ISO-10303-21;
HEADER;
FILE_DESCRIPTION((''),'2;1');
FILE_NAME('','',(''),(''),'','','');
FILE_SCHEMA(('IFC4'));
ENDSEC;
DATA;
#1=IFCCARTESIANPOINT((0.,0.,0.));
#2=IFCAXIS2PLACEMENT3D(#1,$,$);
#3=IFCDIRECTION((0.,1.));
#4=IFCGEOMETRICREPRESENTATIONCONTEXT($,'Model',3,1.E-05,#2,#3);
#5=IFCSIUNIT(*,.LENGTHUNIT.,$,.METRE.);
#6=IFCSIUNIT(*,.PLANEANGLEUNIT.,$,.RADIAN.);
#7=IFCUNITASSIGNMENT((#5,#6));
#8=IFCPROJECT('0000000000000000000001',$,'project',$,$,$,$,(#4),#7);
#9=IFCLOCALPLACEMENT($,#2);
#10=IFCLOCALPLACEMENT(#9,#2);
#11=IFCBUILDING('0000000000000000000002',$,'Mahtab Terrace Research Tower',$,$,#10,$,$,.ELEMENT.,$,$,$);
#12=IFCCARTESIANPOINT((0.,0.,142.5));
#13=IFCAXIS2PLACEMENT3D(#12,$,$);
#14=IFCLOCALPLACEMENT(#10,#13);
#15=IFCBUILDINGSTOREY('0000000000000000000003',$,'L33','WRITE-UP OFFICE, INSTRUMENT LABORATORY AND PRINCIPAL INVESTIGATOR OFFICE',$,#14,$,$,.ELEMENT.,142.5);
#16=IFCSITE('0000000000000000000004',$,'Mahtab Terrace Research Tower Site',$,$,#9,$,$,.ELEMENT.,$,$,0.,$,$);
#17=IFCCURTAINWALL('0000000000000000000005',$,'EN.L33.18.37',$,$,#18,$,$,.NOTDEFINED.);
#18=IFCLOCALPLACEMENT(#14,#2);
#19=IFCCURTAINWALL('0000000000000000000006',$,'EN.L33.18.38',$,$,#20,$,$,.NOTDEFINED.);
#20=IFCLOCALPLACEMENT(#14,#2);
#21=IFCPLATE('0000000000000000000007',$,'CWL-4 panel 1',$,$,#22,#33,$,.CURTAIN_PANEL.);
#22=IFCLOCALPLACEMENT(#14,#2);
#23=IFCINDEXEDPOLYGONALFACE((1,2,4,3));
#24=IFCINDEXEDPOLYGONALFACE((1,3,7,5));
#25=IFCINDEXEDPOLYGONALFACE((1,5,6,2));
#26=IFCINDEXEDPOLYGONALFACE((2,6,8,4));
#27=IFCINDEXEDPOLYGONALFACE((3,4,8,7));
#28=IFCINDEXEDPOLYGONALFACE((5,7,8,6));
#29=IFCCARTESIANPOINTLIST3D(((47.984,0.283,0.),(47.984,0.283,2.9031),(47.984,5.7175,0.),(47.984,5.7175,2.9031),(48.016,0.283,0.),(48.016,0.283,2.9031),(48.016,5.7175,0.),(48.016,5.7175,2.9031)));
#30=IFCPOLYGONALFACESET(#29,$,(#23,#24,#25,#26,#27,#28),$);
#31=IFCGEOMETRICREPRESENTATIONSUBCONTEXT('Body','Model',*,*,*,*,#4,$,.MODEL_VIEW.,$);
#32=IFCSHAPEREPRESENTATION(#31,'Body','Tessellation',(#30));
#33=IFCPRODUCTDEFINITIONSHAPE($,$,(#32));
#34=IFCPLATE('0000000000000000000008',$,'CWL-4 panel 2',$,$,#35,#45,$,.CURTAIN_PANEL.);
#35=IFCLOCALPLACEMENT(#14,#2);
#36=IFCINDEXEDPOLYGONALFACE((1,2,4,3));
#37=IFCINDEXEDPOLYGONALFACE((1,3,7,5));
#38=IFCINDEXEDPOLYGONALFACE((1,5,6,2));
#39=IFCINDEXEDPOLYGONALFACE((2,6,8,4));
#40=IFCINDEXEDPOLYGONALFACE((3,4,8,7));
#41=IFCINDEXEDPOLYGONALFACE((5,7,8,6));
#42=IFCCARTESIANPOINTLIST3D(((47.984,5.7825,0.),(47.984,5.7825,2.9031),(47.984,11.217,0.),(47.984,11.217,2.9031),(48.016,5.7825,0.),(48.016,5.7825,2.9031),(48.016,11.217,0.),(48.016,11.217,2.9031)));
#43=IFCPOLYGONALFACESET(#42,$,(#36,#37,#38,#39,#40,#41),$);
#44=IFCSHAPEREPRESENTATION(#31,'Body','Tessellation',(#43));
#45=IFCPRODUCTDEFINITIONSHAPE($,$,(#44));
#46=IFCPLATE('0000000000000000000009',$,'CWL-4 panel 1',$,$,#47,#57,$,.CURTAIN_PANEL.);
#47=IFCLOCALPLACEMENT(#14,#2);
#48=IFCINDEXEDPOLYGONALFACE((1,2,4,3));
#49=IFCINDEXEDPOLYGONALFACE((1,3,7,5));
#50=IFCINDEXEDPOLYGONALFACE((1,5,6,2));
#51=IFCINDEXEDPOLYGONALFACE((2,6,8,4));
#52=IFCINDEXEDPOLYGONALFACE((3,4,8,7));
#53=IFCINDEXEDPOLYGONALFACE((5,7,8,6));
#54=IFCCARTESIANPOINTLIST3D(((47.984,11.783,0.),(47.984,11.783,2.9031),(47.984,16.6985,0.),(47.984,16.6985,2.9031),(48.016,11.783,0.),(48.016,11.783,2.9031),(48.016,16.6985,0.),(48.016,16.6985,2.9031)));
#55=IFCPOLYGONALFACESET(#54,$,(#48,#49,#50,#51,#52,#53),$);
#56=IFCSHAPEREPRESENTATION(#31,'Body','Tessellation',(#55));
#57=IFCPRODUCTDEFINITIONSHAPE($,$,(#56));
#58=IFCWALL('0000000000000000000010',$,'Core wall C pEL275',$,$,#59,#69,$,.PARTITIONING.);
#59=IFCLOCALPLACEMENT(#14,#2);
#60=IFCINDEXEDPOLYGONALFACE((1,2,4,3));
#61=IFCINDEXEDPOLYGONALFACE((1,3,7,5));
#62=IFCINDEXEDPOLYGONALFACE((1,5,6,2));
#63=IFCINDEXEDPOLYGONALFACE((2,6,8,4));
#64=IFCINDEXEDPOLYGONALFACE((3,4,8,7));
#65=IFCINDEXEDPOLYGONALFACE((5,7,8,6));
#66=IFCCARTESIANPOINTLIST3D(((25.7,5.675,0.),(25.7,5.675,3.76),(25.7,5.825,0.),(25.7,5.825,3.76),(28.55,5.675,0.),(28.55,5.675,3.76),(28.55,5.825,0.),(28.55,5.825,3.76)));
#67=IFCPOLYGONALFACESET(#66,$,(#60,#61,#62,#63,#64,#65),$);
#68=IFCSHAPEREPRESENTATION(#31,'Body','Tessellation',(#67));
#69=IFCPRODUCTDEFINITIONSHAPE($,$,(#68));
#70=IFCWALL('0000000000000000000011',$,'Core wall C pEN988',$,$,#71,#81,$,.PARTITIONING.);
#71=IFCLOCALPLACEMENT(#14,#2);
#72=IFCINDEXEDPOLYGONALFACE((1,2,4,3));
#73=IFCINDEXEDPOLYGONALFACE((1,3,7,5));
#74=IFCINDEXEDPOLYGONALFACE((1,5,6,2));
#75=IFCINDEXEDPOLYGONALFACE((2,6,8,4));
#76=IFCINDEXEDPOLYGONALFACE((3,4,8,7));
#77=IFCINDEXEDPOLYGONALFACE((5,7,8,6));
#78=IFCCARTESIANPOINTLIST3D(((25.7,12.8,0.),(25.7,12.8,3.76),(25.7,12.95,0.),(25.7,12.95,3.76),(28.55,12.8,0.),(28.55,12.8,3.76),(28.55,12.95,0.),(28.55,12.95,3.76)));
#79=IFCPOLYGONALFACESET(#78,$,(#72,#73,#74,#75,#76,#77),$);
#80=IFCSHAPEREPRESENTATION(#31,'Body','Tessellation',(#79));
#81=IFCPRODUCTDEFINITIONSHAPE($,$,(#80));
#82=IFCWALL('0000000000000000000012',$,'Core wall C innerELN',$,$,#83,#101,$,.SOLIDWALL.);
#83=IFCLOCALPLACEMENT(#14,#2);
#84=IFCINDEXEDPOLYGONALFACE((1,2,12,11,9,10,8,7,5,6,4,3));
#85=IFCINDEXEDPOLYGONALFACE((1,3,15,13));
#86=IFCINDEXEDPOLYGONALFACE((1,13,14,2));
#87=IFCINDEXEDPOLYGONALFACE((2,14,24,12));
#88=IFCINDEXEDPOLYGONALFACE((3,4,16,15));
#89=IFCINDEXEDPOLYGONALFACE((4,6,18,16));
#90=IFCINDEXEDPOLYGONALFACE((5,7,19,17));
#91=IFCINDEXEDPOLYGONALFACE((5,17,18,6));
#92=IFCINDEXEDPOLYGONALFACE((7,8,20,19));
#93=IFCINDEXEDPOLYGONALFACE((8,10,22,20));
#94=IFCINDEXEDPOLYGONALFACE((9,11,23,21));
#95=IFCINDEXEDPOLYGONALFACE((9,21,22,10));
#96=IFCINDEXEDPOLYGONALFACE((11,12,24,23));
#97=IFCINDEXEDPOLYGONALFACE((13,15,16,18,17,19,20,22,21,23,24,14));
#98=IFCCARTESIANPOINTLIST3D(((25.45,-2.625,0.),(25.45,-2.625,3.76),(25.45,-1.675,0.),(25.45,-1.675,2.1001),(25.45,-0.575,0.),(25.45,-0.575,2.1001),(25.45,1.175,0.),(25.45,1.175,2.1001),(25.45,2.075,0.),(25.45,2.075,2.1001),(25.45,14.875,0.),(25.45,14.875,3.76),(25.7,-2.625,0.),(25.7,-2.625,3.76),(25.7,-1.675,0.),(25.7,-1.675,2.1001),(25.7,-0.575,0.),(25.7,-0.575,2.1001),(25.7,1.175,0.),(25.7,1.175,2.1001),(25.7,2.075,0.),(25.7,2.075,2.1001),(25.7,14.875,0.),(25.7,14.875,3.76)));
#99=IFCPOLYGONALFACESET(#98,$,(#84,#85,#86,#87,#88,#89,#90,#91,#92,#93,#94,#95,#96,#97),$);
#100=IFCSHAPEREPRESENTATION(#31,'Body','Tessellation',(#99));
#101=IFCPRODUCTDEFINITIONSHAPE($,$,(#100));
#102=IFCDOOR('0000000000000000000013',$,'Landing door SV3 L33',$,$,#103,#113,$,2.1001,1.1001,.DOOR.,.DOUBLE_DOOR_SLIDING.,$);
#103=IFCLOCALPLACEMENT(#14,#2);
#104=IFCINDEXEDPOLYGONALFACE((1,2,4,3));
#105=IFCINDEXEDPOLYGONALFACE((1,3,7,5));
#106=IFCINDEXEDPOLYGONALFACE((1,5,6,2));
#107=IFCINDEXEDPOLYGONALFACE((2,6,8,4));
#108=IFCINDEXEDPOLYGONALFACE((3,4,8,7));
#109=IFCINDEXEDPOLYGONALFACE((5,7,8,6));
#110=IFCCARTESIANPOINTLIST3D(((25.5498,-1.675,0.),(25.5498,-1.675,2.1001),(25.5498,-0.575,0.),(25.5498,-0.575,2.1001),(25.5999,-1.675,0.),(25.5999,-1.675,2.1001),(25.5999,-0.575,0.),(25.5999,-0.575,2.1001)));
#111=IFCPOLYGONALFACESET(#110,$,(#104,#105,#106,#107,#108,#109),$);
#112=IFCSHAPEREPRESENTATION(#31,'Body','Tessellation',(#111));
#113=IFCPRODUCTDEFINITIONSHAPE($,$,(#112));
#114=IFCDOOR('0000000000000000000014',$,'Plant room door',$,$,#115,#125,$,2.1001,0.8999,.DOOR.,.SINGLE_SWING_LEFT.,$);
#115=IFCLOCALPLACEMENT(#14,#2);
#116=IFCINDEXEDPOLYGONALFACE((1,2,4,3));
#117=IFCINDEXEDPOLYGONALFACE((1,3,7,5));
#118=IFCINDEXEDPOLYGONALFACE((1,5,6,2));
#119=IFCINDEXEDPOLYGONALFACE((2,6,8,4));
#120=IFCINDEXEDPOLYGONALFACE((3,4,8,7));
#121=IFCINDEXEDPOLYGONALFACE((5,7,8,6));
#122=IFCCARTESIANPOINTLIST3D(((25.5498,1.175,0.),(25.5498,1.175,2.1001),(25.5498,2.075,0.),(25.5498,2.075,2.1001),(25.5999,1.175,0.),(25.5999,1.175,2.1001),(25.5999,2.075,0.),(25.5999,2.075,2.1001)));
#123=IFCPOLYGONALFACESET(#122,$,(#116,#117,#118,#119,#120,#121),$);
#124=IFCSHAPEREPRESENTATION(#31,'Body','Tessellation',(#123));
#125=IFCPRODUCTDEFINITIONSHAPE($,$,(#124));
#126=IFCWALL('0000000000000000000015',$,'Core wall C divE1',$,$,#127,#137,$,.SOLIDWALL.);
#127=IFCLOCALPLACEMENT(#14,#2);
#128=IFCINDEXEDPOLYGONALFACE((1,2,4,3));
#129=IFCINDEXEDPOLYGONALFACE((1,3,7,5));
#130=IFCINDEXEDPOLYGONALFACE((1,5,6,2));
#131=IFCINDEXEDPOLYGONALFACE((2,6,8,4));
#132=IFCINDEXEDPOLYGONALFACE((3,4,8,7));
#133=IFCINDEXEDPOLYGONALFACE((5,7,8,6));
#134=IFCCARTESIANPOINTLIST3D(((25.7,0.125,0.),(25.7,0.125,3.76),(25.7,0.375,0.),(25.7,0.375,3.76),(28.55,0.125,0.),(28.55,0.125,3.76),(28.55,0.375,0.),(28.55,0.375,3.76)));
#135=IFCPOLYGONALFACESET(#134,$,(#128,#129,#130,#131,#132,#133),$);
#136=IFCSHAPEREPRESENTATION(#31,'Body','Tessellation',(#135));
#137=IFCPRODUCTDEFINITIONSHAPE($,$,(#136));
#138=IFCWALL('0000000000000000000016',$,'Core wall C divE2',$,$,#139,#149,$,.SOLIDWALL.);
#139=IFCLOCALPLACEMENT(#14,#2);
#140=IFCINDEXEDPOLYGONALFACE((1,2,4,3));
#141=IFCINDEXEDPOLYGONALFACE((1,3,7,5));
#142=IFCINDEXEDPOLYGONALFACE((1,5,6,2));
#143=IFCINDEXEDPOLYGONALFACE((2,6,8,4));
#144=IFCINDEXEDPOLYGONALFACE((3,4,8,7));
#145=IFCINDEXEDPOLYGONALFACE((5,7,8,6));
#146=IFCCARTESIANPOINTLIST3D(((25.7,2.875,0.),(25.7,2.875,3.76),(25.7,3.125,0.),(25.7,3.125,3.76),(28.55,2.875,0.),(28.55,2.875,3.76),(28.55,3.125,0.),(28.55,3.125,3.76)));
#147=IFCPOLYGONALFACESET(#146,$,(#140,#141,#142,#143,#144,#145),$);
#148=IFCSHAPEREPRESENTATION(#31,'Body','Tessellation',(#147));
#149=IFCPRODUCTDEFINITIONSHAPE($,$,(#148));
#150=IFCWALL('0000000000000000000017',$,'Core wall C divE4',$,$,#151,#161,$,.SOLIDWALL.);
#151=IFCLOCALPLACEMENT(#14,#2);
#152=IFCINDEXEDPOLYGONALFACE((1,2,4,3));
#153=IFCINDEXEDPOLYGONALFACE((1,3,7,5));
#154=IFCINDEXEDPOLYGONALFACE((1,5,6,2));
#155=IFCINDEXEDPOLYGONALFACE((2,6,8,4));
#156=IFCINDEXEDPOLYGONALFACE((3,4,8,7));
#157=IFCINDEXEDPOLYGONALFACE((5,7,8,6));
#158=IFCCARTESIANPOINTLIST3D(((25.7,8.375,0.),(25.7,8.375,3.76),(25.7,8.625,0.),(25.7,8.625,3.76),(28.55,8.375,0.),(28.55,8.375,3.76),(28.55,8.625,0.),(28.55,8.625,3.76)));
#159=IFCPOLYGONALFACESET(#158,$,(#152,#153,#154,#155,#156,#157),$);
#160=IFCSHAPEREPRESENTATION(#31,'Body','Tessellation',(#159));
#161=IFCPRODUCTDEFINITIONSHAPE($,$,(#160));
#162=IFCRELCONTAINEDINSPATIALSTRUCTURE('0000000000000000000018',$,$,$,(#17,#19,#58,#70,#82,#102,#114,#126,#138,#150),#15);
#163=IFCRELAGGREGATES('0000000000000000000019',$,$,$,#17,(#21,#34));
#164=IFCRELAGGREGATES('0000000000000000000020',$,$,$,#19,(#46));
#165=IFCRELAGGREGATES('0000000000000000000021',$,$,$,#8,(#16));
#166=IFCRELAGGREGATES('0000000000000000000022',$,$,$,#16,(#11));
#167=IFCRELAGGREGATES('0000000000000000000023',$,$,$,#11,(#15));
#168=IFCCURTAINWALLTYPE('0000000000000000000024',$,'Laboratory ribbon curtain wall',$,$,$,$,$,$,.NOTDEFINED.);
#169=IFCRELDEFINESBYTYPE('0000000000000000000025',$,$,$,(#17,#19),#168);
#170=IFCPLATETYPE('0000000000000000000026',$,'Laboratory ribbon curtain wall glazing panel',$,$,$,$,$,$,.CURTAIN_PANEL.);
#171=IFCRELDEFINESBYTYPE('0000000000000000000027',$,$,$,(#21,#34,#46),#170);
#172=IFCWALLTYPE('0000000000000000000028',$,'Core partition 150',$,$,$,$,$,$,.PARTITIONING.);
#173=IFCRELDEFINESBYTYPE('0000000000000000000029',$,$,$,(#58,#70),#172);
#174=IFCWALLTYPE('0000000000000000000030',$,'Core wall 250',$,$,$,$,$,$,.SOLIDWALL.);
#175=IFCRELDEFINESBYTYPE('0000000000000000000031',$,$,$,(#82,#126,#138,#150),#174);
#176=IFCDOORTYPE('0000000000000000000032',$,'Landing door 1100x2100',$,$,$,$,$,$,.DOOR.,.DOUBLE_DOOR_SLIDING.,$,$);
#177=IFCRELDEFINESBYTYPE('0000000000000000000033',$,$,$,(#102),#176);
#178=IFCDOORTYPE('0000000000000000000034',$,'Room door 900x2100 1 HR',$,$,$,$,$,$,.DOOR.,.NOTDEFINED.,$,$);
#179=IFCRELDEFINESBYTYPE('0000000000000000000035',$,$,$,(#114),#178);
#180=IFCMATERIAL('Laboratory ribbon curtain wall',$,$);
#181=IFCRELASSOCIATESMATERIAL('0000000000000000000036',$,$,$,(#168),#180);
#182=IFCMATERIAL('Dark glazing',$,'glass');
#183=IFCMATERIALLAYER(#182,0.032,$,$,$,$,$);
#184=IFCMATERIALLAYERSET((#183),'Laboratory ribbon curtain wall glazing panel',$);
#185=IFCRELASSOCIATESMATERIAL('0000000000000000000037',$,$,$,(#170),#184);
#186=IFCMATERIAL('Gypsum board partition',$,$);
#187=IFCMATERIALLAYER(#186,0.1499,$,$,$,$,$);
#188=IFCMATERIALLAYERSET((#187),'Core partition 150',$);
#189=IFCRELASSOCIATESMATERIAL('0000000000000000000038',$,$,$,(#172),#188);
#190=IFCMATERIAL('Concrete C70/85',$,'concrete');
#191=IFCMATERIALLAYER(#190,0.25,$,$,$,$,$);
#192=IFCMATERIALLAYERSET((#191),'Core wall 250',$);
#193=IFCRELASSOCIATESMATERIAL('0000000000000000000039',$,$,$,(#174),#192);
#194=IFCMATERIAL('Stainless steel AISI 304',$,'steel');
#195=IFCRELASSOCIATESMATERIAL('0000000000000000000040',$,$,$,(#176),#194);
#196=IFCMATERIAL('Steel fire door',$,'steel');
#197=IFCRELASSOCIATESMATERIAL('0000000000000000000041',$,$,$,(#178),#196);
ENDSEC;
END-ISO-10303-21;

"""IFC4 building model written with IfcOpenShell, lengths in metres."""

from ifc_helpers import new_model, si_unit, direction, frame, frame_2d, origin, origin_2d, place, context, subcontext, project, spatial, rectangle, extrude, material, layer, layer_set, type_object, element, fill, aggregate, save


model = new_model("IFC4")

# Units and contexts
model_context = context("Model", 3, precision=1e-05, world=origin(), true_north=direction((0.0, 1.0)))
body_context = subcontext(model_context, "Body", "Model", "MODEL_VIEW")
ifc_project = project(units=[si_unit("LENGTHUNIT", "METRE"), si_unit("PLANEANGLEUNIT", "RADIAN")], contexts=[model_context])

# Site, building, storey
site_placement = place(None, origin())
site = spatial("IfcSite", under=ifc_project, at=site_placement, Name="Mahtab Terrace Research Tower Site", CompositionType="ELEMENT", RefElevation=0.0)
building_placement = place(site_placement, origin())
building = spatial("IfcBuilding", under=site, at=building_placement, Name="Mahtab Terrace Research Tower", CompositionType="ELEMENT")
storey_placement = place(building_placement, frame((0.0, 0.0, 142.5)))
storey = spatial("IfcBuildingStorey", under=building, at=storey_placement, Name="L33", Description="WRITE-UP OFFICE, INSTRUMENT LABORATORY AND PRINCIPAL INVESTIGATOR OFFICE", CompositionType="ELEMENT", Elevation=142.5)

# Shared definitions
ifc_material_1 = material(Name="Concrete C70/85", Category="concrete")

# Curtain walls
ifc_material_2 = material(Name="Laboratory ribbon curtain wall")
curtain_wall_type = type_object("IfcCurtainWallType", Name="Laboratory ribbon curtain wall", PredefinedType="NOTDEFINED", material=ifc_material_2)
curtain_wall_1_placement = place(storey_placement, origin())
curtain_wall_1 = element("IfcCurtainWall", 1, at=curtain_wall_1_placement, inside=storey, type_object=curtain_wall_type, Name="EN.L33.18.37", PredefinedType="NOTDEFINED")
curtain_wall_2_placement = place(storey_placement, origin())
curtain_wall_2 = element("IfcCurtainWall", 2, at=curtain_wall_2_placement, inside=storey, type_object=curtain_wall_type, Name="EN.L33.18.38", PredefinedType="NOTDEFINED")

# Plates
ifc_material_3 = material(Name="Dark glazing", Category="glass")
ifc_layer_1 = layer(ifc_material_3, 0.032)
ifc_layer_set_1 = layer_set([ifc_layer_1], Name="Laboratory ribbon curtain wall glazing panel")
plate_type = type_object("IfcPlateType", Name="Laboratory ribbon curtain wall glazing panel", PredefinedType="CURTAIN_PANEL", material=ifc_layer_set_1)
plate_1_placement = place(storey_placement, frame((48.0, 3.0002, 0.0), z_axis=(0.0, 0.0, 1.0), x_axis=(0.0, 1.0, 0.0)))
plate_1 = element("IfcPlate", 3, at=plate_1_placement, type_object=plate_type, Name="CWL-4 panel 1", PredefinedType="CURTAIN_PANEL", context=body_context, shape_type="SweptSolid", body=[
    extrude(rectangle(XDim=5.4346, YDim=0.032, at=origin_2d()), origin(), (0.0, 0.0, 1.0), 2.9031),
])
plate_2_placement = place(storey_placement, frame((48.0, 8.4998, 0.0), z_axis=(0.0, 0.0, 1.0), x_axis=(0.0, 1.0, 0.0)))
plate_2 = element("IfcPlate", 4, at=plate_2_placement, type_object=plate_type, Name="CWL-4 panel 2", PredefinedType="CURTAIN_PANEL", context=body_context, shape_type="SweptSolid", body=[
    extrude(rectangle(XDim=5.4346, YDim=0.032, at=origin_2d()), origin(), (0.0, 0.0, 1.0), 2.9031),
])
aggregate(curtain_wall_1, [plate_1, plate_2])
plate_3_placement = place(storey_placement, frame((48.0, 14.2407, 0.0), z_axis=(0.0, 0.0, 1.0), x_axis=(0.0, 1.0, 0.0)))
plate_3 = element("IfcPlate", 5, at=plate_3_placement, type_object=plate_type, Name="CWL-4 panel 1", PredefinedType="CURTAIN_PANEL", context=body_context, shape_type="SweptSolid", body=[
    extrude(rectangle(XDim=4.9155, YDim=0.032, at=origin_2d()), origin(), (0.0, 0.0, 1.0), 2.9031),
])
aggregate(curtain_wall_2, [plate_3])

# Walls
ifc_material_4 = material(Name="Gypsum board partition")
ifc_layer_2 = layer(ifc_material_4, 0.1499)
ifc_layer_set_2 = layer_set([ifc_layer_2], Name="Core partition 150")
wall_type_1 = type_object("IfcWallType", Name="Core partition 150", PredefinedType="PARTITIONING", material=ifc_layer_set_2)
for number, where, z_axis, x_axis, name in (
    (6, (25.7, 5.75, 0.0), (0.0, 0.0, 1.0), (1.0, 0.0, 0.0), "Core wall C pEL275"),
    (7, (25.7, 12.875, 0.0), (0.0, 0.0, 1.0), (1.0, 0.0, 0.0), "Core wall C pEN988"),
):
    element("IfcWall", number, at=place(storey_placement, frame(where, z_axis=z_axis, x_axis=x_axis)), inside=storey, type_object=wall_type_1, Name=name, PredefinedType="PARTITIONING", context=body_context, shape_type="SweptSolid", body=[
        extrude(rectangle(XDim=2.8501, YDim=0.1499, at=frame_2d((1.425, 0.0))), origin(), (0.0, 0.0, 1.0), 3.76),
    ])

# Wall, openings, doors
ifc_layer_3 = layer(ifc_material_1, 0.25)
ifc_layer_set_3 = layer_set([ifc_layer_3], Name="Core wall 250")
wall_type_2 = type_object("IfcWallType", Name="Core wall 250", PredefinedType="SOLIDWALL", material=ifc_layer_set_3)
wall_1_placement = place(storey_placement, frame((25.575, 14.875, 0.0), z_axis=(0.0, 0.0, 1.0), x_axis=(0.0, -1.0, 0.0)))
wall_1 = element("IfcWall", 8, at=wall_1_placement, inside=storey, type_object=wall_type_2, Name="Core wall C innerELN", PredefinedType="SOLIDWALL", context=body_context, shape_type="SweptSolid", body=[
    extrude(rectangle(XDim=17.5, YDim=0.25, at=frame_2d((8.75, 0.0))), origin(), (0.0, 0.0, 1.0), 3.76),
])
opening_1_placement = place(wall_1_placement, frame((15.45, 0.0, 0.0)))
opening_1 = element("IfcOpeningElement", 9, at=opening_1_placement, cuts=wall_1, PredefinedType="OPENING", context=body_context, shape_type="SweptSolid", body=[
    extrude(rectangle(XDim=1.1001, YDim=2.1001, at=frame_2d((0.55, 1.05))), frame((0.0, 0.135, 0.0), z_axis=(0.0, -1.0, 0.0), x_axis=(1.0, 0.0, 0.0)), (0.0, 0.0, 1.0), 0.27),
])
opening_2_placement = place(wall_1_placement, frame((12.8, 0.0, 0.0)))
opening_2 = element("IfcOpeningElement", 10, at=opening_2_placement, cuts=wall_1, PredefinedType="OPENING", context=body_context, shape_type="SweptSolid", body=[
    extrude(rectangle(XDim=0.8999, YDim=2.1001, at=frame_2d((0.45, 1.05))), frame((0.0, 0.135, 0.0), z_axis=(0.0, -1.0, 0.0), x_axis=(1.0, 0.0, 0.0)), (0.0, 0.0, 1.0), 0.27),
])
ifc_material_5 = material(Name="Stainless steel AISI 304", Category="steel")
door_type_1 = type_object("IfcDoorType", Name="Landing door 1100x2100", OperationType="DOUBLE_DOOR_SLIDING", PredefinedType="DOOR", material=ifc_material_5)
door_1_placement = place(opening_1_placement, origin())
door_1 = element("IfcDoor", 11, at=door_1_placement, inside=storey, type_object=door_type_1, Name="Landing door SV3 L33", OperationType="DOUBLE_DOOR_SLIDING", OverallHeight=2.1001, OverallWidth=1.1001, PredefinedType="DOOR", context=body_context, shape_type="SweptSolid", body=[
    extrude(rectangle(XDim=1.1001, YDim=2.1001, at=frame_2d((0.55, 1.05))), frame((0.0, 0.0249, 0.0), z_axis=(0.0, -1.0, 0.0), x_axis=(1.0, 0.0, 0.0)), (0.0, 0.0, 1.0), 0.05),
])
fill(opening_1, door_1)
ifc_material_6 = material(Name="Steel fire door", Category="steel")
door_type_2 = type_object("IfcDoorType", Name="Room door 900x2100 1 HR", OperationType="NOTDEFINED", PredefinedType="DOOR", material=ifc_material_6)
door_2_placement = place(opening_2_placement, origin())
door_2 = element("IfcDoor", 12, at=door_2_placement, inside=storey, type_object=door_type_2, Name="Plant room door", OperationType="SINGLE_SWING_LEFT", OverallHeight=2.1001, OverallWidth=0.8999, PredefinedType="DOOR", context=body_context, shape_type="SweptSolid", body=[
    extrude(rectangle(XDim=0.8999, YDim=2.1001, at=frame_2d((0.45, 1.05))), frame((0.0, 0.0249, 0.0), z_axis=(0.0, -1.0, 0.0), x_axis=(1.0, 0.0, 0.0)), (0.0, 0.0, 1.0), 0.05),
])
fill(opening_2, door_2)

# Walls
for number, where, z_axis, x_axis, name in (
    (13, (25.7, 0.25, 0.0), (0.0, 0.0, 1.0), (1.0, 0.0, 0.0), "Core wall C divE1"),
    (14, (25.7, 3.0, 0.0), (0.0, 0.0, 1.0), (1.0, 0.0, 0.0), "Core wall C divE2"),
    (15, (25.7, 8.5, 0.0), (0.0, 0.0, 1.0), (1.0, 0.0, 0.0), "Core wall C divE4"),
):
    element("IfcWall", number, at=place(storey_placement, frame(where, z_axis=z_axis, x_axis=x_axis)), inside=storey, type_object=wall_type_2, Name=name, PredefinedType="SOLIDWALL", context=body_context, shape_type="SweptSolid", body=[
        extrude(rectangle(XDim=2.8501, YDim=0.25, at=frame_2d((1.425, 0.0))), origin(), (0.0, 0.0, 1.0), 3.76),
    ])

save(model, "model.ifc")
